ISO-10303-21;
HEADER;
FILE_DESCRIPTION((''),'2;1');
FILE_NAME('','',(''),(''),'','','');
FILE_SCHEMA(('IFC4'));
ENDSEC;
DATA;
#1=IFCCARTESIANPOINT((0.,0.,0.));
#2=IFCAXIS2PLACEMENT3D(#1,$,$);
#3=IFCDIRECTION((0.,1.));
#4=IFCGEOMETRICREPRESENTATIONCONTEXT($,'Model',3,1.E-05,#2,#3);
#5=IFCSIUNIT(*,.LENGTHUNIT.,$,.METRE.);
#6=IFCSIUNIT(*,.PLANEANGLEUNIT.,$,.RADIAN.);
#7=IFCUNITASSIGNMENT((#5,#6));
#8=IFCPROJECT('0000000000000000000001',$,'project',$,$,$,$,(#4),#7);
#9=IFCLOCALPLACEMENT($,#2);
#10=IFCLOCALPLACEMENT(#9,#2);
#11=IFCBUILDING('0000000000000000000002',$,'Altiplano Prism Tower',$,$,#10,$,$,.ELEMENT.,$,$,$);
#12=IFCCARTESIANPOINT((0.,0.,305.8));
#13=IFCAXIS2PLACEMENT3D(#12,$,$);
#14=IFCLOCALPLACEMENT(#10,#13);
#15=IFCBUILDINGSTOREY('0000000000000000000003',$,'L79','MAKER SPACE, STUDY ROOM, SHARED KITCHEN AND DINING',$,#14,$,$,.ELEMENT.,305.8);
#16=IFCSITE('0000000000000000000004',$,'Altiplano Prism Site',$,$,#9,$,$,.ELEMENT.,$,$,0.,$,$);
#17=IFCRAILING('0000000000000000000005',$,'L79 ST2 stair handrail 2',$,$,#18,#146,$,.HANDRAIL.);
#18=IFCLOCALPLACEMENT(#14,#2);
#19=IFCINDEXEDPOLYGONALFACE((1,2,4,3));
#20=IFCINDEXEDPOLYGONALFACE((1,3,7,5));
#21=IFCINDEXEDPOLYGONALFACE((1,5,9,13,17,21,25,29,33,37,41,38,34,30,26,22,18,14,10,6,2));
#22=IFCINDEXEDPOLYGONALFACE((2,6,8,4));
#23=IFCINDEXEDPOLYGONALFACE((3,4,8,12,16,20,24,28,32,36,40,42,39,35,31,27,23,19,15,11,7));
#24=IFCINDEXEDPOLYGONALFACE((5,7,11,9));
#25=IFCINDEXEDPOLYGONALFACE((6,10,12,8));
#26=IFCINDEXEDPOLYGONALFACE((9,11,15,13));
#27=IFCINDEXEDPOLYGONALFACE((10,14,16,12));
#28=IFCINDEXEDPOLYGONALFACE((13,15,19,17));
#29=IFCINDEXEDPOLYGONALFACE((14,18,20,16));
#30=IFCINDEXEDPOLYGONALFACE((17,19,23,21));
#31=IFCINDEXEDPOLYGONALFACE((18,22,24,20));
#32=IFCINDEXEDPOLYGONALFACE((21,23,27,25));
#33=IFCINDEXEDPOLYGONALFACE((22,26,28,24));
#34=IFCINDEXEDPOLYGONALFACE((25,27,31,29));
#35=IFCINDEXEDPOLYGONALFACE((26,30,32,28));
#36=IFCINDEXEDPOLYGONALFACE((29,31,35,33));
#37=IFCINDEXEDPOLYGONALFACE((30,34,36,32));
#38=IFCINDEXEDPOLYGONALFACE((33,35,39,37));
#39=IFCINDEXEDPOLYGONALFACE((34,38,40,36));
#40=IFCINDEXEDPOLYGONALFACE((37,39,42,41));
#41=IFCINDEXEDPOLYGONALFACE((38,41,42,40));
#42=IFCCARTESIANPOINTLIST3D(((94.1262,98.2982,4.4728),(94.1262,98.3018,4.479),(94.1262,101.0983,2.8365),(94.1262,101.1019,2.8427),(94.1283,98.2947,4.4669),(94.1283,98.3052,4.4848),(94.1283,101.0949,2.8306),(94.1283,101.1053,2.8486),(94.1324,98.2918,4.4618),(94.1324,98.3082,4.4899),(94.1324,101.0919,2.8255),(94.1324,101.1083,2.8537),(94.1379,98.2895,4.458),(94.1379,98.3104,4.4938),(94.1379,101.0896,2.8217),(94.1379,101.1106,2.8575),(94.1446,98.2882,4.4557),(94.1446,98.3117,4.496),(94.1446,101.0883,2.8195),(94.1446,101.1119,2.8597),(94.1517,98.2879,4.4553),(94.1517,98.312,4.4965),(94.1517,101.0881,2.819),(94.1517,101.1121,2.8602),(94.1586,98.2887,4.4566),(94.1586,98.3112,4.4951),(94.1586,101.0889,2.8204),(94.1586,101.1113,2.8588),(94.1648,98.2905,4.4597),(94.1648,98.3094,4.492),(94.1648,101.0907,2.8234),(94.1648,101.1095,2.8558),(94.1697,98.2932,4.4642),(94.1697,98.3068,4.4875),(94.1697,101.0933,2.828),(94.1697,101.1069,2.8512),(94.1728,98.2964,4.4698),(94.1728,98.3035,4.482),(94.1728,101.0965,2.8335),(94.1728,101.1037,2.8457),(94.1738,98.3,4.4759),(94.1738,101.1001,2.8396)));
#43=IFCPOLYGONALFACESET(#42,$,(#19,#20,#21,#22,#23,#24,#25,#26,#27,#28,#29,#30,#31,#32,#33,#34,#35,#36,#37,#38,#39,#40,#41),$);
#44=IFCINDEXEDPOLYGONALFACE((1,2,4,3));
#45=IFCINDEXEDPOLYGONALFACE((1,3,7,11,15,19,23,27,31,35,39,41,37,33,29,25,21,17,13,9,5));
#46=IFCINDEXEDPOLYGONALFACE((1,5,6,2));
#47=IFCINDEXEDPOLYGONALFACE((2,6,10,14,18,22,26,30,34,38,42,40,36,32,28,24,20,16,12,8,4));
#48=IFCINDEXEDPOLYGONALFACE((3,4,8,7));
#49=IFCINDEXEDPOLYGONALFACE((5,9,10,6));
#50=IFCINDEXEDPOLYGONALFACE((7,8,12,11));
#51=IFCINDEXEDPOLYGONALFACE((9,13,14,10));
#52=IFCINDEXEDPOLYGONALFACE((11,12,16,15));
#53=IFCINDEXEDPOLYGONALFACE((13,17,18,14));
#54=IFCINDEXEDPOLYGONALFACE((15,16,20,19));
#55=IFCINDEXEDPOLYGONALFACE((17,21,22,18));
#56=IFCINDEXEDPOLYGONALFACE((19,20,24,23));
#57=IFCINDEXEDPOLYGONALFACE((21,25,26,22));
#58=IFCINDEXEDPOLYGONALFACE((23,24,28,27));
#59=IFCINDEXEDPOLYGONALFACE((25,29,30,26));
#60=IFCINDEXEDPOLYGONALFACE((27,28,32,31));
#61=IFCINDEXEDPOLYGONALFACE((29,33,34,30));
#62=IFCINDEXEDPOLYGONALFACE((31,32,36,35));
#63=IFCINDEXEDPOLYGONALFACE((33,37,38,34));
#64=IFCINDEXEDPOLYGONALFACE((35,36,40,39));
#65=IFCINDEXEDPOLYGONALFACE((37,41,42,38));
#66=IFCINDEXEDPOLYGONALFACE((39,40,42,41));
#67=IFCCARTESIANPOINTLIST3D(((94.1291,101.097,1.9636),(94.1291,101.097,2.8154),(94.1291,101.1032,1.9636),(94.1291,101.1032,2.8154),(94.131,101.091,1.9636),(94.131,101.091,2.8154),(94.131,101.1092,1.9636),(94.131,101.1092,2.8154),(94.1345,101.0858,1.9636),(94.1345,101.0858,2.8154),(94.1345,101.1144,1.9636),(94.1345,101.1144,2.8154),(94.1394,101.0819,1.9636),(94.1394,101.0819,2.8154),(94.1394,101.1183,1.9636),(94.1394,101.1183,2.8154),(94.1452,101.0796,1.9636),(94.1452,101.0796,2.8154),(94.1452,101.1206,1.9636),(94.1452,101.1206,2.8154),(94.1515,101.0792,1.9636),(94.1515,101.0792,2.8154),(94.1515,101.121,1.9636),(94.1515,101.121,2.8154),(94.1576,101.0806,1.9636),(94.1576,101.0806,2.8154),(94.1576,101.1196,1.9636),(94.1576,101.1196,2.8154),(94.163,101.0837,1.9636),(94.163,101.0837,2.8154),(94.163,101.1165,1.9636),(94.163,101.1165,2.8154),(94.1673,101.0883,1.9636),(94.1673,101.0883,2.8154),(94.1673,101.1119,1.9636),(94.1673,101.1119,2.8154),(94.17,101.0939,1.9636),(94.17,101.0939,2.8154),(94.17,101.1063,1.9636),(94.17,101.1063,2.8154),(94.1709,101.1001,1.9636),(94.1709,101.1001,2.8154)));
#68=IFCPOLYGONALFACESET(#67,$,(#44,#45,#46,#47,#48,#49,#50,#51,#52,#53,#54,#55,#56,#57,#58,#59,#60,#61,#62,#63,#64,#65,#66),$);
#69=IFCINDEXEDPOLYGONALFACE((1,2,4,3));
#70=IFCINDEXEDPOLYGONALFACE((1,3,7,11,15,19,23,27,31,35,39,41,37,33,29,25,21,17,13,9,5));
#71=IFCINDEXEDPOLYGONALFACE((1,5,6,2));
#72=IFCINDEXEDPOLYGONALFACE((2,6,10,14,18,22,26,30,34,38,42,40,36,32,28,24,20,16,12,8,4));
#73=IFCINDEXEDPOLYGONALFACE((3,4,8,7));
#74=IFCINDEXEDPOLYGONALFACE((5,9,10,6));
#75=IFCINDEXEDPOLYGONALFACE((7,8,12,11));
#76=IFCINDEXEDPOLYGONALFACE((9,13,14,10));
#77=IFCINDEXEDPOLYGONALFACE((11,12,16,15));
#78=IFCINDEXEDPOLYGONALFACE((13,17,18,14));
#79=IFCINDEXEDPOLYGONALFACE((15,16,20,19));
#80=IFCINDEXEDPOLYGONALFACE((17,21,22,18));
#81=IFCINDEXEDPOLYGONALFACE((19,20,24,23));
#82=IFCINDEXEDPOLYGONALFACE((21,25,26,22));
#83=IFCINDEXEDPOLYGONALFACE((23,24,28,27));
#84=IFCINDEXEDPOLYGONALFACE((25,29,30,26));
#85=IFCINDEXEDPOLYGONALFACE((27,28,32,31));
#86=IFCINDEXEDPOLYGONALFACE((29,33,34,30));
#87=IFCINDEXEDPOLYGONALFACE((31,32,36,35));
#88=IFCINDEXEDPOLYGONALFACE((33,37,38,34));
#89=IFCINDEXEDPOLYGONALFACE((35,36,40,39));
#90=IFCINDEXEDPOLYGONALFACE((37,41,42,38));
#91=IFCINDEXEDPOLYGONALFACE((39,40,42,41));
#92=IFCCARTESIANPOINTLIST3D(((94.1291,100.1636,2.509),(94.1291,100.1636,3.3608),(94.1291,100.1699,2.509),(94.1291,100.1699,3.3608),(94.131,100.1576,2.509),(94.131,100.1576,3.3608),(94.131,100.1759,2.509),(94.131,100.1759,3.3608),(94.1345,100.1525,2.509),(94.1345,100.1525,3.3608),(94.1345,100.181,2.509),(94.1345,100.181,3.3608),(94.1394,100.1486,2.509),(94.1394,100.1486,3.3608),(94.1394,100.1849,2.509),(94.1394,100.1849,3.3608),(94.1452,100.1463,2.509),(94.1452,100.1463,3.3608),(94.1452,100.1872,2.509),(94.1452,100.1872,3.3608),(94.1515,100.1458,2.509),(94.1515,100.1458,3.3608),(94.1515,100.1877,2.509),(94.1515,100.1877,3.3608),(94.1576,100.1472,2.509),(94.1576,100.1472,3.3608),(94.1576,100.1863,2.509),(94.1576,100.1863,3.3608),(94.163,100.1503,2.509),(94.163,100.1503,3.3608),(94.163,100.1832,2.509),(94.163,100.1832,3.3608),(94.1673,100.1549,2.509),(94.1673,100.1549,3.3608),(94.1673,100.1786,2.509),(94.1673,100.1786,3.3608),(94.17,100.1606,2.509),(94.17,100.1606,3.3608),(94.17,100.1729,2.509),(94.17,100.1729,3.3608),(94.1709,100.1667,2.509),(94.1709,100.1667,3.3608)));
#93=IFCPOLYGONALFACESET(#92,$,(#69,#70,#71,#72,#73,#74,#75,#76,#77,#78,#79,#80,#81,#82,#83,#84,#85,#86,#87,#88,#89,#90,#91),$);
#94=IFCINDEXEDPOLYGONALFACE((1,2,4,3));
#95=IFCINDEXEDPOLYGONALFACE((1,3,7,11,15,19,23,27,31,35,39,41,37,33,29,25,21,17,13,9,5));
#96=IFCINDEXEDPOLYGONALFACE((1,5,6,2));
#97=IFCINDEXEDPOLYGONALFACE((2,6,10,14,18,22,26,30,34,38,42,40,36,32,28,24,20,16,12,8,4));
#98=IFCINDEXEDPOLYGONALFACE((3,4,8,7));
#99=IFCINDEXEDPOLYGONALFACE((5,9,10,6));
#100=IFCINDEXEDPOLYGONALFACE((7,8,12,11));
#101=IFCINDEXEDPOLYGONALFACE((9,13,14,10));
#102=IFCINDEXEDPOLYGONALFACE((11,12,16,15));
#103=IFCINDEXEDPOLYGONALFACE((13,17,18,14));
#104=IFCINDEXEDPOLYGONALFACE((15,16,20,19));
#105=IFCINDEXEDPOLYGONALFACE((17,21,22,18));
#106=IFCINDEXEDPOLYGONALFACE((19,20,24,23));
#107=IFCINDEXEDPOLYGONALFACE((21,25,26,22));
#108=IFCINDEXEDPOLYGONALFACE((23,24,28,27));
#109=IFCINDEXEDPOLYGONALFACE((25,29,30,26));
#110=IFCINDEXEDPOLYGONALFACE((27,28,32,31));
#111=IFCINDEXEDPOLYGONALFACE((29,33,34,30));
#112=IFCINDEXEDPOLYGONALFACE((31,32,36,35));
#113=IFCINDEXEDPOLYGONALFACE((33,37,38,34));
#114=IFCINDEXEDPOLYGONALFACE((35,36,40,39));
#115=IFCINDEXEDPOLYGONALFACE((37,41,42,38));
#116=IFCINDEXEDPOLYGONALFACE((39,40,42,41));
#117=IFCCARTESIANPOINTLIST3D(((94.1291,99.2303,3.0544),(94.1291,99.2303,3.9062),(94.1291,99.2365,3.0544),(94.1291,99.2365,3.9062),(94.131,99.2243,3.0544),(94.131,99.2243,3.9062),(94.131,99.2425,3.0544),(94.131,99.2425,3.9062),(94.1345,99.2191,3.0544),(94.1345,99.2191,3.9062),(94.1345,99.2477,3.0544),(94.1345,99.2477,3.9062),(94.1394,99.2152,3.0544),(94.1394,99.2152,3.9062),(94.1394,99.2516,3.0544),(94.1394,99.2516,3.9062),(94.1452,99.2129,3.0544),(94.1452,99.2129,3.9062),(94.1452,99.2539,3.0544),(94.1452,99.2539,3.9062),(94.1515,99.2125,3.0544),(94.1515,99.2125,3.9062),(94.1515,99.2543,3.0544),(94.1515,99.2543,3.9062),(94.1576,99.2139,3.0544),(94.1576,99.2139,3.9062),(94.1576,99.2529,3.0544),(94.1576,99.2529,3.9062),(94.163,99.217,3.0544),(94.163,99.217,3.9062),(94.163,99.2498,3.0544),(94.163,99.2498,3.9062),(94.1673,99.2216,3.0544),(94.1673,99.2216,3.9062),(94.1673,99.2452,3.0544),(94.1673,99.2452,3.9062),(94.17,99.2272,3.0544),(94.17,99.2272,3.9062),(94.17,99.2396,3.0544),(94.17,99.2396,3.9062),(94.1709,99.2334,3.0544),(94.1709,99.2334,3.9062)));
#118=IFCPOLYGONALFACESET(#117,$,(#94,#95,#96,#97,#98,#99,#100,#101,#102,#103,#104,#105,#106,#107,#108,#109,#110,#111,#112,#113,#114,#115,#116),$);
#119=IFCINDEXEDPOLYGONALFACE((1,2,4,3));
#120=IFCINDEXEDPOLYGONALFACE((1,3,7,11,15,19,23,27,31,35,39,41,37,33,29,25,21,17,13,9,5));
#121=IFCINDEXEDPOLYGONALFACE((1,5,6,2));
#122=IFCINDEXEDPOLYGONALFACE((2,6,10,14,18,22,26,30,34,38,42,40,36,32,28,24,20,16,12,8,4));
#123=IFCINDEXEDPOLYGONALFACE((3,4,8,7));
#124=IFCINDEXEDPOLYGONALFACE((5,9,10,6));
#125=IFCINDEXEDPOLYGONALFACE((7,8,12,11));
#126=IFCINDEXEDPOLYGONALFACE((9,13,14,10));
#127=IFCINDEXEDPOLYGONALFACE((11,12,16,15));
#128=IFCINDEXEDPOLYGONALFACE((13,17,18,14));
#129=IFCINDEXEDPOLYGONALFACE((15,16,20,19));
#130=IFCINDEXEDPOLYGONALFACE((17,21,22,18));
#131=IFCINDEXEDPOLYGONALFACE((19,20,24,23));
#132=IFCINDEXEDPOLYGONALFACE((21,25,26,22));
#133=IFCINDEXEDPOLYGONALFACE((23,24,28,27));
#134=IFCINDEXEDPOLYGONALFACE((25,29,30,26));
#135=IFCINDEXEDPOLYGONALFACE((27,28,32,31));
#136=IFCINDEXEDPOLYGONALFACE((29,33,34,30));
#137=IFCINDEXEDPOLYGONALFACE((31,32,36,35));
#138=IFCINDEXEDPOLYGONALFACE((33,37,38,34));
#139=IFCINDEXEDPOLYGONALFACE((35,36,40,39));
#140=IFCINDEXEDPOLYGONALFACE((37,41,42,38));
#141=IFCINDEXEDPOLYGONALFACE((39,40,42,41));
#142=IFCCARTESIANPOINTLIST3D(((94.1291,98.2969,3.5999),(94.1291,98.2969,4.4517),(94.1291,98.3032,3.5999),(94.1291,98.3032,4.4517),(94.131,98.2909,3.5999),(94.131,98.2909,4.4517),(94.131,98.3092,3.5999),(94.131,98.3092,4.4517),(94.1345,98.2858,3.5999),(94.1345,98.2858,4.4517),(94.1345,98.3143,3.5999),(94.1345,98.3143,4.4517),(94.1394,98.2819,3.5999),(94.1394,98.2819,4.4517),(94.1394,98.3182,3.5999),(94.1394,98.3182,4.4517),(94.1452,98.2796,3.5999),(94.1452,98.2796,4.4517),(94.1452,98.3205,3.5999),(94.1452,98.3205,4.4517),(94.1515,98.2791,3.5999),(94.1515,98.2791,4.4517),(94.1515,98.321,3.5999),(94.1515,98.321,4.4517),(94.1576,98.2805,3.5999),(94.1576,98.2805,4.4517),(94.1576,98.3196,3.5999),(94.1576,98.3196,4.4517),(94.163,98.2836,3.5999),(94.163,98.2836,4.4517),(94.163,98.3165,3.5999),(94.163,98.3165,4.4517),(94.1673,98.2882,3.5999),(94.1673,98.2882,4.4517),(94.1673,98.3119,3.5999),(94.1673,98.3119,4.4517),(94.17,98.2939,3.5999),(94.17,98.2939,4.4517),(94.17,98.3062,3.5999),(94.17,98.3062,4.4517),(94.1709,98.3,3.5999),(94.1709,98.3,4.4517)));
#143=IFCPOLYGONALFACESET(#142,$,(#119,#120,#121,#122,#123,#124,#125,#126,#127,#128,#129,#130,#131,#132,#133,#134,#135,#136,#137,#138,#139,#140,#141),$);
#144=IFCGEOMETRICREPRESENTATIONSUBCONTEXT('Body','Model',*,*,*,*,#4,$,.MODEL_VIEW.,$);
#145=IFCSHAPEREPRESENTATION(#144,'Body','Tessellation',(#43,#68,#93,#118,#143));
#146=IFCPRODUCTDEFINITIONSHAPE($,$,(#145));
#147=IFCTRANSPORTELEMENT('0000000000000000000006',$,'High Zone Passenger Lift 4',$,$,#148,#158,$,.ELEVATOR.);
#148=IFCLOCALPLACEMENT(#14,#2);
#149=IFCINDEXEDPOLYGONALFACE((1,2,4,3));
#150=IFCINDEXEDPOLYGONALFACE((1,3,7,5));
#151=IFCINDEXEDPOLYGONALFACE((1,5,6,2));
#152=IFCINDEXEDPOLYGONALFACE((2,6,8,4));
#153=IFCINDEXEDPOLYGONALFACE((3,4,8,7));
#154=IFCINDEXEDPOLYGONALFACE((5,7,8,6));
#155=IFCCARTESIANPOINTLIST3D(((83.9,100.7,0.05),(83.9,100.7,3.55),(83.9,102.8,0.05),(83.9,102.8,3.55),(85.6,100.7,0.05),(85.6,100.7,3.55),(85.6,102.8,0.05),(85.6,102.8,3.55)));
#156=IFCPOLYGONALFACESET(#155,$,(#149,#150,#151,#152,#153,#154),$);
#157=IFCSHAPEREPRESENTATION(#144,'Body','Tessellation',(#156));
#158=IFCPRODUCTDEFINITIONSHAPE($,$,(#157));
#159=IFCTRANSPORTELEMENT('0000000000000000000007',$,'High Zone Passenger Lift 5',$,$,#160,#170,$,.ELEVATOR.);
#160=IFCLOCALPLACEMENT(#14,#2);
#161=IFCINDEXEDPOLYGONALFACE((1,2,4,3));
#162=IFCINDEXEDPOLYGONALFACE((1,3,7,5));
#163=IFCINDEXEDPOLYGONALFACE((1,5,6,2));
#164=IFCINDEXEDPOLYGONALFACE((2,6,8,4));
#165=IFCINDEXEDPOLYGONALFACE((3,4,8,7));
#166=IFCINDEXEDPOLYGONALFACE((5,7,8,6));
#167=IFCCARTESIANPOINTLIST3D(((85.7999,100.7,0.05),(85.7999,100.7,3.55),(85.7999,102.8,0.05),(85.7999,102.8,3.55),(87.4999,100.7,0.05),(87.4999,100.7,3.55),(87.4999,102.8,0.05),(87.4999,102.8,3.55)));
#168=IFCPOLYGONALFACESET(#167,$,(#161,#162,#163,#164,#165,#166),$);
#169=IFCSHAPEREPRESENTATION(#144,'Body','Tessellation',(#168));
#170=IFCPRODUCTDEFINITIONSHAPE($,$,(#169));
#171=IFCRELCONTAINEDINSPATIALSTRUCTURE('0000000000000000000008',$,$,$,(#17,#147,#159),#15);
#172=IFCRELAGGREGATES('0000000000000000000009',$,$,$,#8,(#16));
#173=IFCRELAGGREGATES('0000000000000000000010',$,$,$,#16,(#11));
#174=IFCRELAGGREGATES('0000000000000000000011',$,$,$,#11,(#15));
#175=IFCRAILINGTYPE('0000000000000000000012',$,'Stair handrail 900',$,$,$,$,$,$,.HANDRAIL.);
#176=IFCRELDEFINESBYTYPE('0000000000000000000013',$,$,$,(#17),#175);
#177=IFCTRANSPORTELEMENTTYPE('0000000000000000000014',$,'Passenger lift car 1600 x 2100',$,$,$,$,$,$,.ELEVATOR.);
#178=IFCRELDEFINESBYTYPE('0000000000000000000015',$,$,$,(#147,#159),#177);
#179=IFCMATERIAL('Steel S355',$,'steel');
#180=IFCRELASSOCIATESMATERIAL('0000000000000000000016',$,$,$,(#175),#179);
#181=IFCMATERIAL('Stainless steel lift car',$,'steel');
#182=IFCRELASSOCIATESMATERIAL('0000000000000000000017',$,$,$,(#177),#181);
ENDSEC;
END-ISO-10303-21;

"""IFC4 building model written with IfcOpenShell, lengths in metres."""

from ifc_helpers import new_model, si_unit, direction, frame, origin, origin_2d, place, context, subcontext, project, spatial, rectangle, circle, extrude, material, type_object, element, save


model = new_model("IFC4")

# Units and contexts
model_context = context("Model", 3, precision=1e-05, world=origin(), true_north=direction((0.0, 1.0)))
body_context = subcontext(model_context, "Body", "Model", "MODEL_VIEW")
ifc_project = project(units=[si_unit("LENGTHUNIT", "METRE"), si_unit("PLANEANGLEUNIT", "RADIAN")], contexts=[model_context])

# Site, building, storey
site_placement = place(None, origin())
site = spatial("IfcSite", under=ifc_project, at=site_placement, Name="Altiplano Prism Site", CompositionType="ELEMENT", RefElevation=0.0)
building_placement = place(site_placement, origin())
building = spatial("IfcBuilding", under=site, at=building_placement, Name="Altiplano Prism Tower", CompositionType="ELEMENT")
storey_placement = place(building_placement, frame((0.0, 0.0, 305.8)))
storey = spatial("IfcBuildingStorey", under=building, at=storey_placement, Name="L79", Description="MAKER SPACE, STUDY ROOM, SHARED KITCHEN AND DINING", CompositionType="ELEMENT", Elevation=305.8)

# Railing
ifc_material_1 = material(Name="Steel S355", Category="steel")
railing_type_1 = type_object("IfcRailingType", Name="Stair handrail 900", PredefinedType="HANDRAIL", material=ifc_material_1)
railing_1_placement = place(storey_placement, frame((94.1499, 101.1001, 1.9636)))
element("IfcRailing", 1, at=railing_1_placement, inside=storey, type_object=railing_type_1, Name="L79 ST2 stair handrail 2", PredefinedType="HANDRAIL", context=body_context, shape_type="SweptSolid", body=[
    extrude(circle(Radius=0.0239, at=origin_2d()), frame((0.0, 0.0, 0.876), z_axis=(0.0, -0.863394, 0.504531), x_axis=(1.0, 0.0, 0.0)), (0.0, 0.0, 1.0), 3.2432),
    extrude(circle(Radius=0.021, at=origin_2d()), origin(), (0.0, 0.0, 1.0), 0.8518),
    extrude(circle(Radius=0.021, at=origin_2d()), frame((0.0, -0.9333, 0.5454)), (0.0, 0.0, 1.0), 0.8518),
    extrude(circle(Radius=0.021, at=origin_2d()), frame((0.0, -1.8667, 1.0908)), (0.0, 0.0, 1.0), 0.8518),
    extrude(circle(Radius=0.021, at=origin_2d()), frame((0.0, -2.8, 1.6362)), (0.0, 0.0, 1.0), 0.8518),
])

# Transport elements
ifc_material_2 = material(Name="Stainless steel lift car", Category="steel")
transport_element_type = type_object("IfcTransportElementType", Name="Passenger lift car 1600 x 2100", PredefinedType="ELEVATOR", material=ifc_material_2)
for number, where, z_axis, x_axis, name in (
    (2, (84.75, 101.75, 0.05), (0.0, 0.0, 1.0), (1.0, 0.0, 0.0), "High Zone Passenger Lift 4"),
    (3, (86.6499, 101.75, 0.05), (0.0, 0.0, 1.0), (1.0, 0.0, 0.0), "High Zone Passenger Lift 5"),
):
    element("IfcTransportElement", number, at=place(storey_placement, frame(where, z_axis=z_axis, x_axis=x_axis)), inside=storey, type_object=transport_element_type, Name=name, PredefinedType="ELEVATOR", context=body_context, shape_type="SweptSolid", body=[
        extrude(rectangle(XDim=1.7, YDim=2.1001, at=origin_2d()), origin(), (0.0, 0.0, 1.0), 3.5),
    ])

save(model, "model.ifc")
